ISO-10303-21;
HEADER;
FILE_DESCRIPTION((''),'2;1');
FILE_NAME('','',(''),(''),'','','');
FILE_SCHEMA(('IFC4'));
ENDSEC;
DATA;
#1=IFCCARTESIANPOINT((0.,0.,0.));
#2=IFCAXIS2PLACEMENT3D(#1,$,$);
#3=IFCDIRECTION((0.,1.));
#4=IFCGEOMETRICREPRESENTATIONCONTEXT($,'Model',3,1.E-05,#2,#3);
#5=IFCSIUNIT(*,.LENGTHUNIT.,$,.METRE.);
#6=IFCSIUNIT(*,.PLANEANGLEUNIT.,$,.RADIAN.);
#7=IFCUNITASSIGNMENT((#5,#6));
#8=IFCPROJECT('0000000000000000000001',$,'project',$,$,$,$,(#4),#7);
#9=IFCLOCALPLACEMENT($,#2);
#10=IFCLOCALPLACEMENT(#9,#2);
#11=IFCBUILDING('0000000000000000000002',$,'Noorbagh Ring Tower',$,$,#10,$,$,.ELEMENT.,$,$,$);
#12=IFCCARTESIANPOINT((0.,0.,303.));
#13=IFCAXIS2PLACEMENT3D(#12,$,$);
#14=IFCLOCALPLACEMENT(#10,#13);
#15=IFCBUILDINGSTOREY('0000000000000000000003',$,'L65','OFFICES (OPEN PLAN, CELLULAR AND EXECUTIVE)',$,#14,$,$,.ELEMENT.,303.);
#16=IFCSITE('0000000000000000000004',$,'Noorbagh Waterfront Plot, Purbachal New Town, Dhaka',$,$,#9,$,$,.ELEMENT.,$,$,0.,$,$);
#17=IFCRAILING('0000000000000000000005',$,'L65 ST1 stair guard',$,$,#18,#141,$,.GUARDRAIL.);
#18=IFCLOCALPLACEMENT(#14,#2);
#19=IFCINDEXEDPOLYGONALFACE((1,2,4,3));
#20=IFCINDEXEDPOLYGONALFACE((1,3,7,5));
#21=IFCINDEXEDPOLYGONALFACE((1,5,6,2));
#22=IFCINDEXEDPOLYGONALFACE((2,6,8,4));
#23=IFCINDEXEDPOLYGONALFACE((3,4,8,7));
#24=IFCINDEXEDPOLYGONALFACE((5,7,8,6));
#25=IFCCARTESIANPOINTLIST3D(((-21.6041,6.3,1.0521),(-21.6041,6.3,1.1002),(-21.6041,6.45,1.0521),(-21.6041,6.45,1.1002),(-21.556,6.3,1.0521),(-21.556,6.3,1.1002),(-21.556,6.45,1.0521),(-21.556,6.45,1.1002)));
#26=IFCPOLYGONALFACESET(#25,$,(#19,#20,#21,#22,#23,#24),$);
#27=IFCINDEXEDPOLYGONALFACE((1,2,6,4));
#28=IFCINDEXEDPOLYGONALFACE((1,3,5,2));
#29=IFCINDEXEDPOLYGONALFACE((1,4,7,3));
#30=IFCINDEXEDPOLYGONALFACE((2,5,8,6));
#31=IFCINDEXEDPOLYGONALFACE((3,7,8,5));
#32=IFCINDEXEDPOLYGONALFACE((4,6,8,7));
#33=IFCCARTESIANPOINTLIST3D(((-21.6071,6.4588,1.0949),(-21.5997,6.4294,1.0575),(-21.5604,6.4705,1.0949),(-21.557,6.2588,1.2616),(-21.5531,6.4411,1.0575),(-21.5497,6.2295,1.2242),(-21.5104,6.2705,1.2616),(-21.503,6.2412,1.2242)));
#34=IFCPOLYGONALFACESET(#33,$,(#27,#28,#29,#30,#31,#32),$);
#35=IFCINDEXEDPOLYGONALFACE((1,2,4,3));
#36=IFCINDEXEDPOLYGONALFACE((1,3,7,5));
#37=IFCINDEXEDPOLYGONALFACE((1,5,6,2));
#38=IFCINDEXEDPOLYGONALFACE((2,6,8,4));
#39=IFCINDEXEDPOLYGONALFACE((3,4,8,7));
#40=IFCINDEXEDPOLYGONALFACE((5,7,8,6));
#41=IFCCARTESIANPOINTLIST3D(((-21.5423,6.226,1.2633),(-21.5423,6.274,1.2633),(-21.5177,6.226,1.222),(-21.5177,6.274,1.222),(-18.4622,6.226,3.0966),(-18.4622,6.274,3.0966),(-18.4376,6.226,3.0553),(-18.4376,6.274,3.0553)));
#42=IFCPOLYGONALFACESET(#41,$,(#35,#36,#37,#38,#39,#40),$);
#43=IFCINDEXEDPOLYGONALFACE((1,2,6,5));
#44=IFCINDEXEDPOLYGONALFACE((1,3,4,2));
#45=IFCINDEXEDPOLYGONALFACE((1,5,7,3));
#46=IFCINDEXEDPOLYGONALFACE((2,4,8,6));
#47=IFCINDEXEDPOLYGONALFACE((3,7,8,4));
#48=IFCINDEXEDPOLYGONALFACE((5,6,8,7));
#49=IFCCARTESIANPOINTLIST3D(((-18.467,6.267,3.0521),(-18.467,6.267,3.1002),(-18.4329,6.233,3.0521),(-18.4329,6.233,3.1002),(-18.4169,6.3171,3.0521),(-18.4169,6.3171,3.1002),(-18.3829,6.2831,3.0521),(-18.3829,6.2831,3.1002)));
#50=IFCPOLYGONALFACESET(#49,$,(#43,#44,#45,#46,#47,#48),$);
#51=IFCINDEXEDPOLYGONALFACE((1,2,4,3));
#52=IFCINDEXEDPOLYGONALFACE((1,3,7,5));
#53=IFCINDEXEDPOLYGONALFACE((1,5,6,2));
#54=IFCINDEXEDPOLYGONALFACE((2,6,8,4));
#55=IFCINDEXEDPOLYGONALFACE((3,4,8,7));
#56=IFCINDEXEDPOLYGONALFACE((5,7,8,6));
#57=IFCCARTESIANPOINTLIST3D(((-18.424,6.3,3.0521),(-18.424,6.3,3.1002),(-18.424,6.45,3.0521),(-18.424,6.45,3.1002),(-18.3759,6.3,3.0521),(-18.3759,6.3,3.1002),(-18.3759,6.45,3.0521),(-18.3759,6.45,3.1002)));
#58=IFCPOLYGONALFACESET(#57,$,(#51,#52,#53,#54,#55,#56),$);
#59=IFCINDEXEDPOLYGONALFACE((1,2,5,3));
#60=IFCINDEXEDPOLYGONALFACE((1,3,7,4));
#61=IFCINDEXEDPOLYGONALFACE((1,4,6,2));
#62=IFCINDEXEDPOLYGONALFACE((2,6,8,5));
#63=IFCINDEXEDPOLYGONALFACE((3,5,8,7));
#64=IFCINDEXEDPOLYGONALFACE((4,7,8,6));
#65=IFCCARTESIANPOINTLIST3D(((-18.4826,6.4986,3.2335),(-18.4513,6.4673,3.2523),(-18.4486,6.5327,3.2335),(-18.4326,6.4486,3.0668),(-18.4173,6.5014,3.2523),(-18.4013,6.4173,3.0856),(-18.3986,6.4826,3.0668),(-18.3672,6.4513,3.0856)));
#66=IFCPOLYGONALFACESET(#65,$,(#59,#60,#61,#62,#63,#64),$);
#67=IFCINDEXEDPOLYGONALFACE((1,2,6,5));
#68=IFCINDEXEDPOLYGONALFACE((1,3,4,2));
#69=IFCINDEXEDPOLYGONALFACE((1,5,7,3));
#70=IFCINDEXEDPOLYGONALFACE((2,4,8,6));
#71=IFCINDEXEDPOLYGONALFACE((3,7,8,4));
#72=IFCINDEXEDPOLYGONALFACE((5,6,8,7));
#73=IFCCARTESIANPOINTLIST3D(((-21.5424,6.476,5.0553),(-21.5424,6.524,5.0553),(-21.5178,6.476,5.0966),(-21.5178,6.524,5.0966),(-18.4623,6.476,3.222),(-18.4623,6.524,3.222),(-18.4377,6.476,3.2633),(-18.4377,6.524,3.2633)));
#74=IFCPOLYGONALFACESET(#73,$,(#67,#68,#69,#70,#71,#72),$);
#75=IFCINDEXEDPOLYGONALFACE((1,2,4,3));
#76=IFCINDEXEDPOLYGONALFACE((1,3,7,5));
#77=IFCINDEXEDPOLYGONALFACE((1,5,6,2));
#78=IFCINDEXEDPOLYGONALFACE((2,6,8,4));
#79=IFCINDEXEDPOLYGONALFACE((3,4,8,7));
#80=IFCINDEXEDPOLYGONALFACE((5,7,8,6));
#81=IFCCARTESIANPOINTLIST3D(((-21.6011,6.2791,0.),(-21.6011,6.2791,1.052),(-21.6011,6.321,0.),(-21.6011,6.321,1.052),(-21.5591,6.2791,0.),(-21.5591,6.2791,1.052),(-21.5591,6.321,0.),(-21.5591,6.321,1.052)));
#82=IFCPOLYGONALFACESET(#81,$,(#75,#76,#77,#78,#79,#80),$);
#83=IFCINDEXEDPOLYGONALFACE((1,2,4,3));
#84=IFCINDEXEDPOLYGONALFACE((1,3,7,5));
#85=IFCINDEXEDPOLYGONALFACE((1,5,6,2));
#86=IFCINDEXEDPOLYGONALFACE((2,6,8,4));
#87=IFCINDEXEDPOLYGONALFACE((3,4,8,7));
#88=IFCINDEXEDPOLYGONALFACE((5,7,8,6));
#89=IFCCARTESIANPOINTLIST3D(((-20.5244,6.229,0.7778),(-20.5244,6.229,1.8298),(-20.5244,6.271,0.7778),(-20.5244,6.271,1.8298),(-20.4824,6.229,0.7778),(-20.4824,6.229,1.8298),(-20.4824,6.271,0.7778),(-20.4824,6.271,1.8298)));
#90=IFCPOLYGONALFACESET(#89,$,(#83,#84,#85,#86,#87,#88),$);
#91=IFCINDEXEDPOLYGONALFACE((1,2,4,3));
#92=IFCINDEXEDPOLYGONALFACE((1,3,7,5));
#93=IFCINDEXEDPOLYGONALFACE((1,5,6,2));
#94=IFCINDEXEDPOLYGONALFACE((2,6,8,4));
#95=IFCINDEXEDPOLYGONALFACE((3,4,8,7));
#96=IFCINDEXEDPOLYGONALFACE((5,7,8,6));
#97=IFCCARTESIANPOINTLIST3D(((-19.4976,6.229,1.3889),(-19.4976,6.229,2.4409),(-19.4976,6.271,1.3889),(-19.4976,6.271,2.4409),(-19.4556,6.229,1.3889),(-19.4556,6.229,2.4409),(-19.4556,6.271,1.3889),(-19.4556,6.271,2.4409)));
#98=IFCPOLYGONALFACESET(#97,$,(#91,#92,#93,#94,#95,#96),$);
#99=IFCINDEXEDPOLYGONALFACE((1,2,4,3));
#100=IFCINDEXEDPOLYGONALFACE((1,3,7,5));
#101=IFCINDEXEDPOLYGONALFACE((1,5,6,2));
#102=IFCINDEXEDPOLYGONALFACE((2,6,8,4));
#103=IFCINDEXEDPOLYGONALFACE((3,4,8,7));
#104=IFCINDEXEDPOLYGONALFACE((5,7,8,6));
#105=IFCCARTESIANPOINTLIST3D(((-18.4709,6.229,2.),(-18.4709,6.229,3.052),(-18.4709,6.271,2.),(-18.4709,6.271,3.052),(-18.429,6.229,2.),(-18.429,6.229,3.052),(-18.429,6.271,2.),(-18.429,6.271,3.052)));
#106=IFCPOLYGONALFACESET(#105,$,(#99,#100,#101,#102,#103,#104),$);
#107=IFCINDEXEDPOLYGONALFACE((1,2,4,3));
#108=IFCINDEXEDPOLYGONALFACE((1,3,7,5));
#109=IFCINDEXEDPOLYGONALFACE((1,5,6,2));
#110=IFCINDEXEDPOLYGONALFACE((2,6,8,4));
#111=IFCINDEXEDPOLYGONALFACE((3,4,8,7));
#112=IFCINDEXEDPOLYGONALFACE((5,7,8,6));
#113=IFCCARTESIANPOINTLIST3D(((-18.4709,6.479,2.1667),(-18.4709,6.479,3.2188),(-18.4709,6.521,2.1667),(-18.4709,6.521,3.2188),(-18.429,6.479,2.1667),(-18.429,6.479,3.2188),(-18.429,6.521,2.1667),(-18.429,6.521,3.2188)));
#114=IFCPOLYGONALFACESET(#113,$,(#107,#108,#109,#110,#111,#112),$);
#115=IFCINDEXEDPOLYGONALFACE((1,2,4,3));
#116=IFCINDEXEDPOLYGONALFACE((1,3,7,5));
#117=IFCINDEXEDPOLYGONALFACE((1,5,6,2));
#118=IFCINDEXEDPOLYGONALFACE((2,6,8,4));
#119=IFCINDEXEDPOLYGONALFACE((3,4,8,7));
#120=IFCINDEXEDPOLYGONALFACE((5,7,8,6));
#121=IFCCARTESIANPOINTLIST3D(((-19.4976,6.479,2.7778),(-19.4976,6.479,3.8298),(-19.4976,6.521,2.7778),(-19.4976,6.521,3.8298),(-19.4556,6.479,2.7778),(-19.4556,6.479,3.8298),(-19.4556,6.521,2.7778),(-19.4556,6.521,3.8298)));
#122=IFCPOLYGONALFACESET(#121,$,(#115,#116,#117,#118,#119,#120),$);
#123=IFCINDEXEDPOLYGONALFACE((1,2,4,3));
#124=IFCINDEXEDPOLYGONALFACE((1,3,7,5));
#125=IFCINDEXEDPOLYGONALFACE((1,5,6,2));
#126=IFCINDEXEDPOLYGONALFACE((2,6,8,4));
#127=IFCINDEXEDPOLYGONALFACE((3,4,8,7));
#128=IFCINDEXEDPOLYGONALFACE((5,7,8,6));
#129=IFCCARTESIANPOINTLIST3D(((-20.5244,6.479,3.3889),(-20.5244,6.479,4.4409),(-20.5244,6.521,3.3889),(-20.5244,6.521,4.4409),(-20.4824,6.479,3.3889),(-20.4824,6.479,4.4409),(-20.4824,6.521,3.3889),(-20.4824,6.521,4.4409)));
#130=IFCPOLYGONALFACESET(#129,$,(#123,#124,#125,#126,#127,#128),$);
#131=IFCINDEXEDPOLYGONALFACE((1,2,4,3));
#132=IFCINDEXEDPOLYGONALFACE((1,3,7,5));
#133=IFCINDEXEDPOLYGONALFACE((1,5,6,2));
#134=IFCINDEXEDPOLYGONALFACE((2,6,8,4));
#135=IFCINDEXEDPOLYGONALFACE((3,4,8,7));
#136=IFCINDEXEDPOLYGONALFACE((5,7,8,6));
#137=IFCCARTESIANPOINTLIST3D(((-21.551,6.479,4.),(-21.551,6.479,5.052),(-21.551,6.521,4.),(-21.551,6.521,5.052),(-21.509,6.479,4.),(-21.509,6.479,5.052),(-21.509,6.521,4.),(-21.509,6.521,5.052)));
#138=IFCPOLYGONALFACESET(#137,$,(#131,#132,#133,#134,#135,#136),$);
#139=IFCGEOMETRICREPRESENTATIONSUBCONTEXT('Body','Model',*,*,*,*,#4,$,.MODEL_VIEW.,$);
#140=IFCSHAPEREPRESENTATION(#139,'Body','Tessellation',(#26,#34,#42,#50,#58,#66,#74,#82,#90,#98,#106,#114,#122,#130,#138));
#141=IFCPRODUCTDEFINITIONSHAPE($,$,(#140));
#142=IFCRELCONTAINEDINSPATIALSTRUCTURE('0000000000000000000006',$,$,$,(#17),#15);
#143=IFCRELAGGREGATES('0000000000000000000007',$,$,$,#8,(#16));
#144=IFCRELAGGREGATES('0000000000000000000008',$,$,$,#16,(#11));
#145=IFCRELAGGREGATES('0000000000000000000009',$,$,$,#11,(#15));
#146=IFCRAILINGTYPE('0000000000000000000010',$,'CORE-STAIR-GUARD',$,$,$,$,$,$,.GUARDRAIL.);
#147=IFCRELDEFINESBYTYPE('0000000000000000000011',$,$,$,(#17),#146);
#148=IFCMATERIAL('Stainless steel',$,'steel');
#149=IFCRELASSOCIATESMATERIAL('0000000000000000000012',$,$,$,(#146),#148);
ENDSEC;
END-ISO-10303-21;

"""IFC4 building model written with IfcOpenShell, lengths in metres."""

from ifc_helpers import new_model, si_unit, direction, frame, origin, origin_2d, place, context, subcontext, project, spatial, rectangle, extrude, material, type_object, element, save


model = new_model("IFC4")

# Units and contexts
model_context = context("Model", 3, precision=1e-05, world=origin(), true_north=direction((0.0, 1.0)))
body_context = subcontext(model_context, "Body", "Model", "MODEL_VIEW")
ifc_project = project(units=[si_unit("LENGTHUNIT", "METRE"), si_unit("PLANEANGLEUNIT", "RADIAN")], contexts=[model_context])

# Site, building, storey
site_placement = place(None, origin())
site = spatial("IfcSite", under=ifc_project, at=site_placement, Name="Noorbagh Waterfront Plot, Purbachal New Town, Dhaka", CompositionType="ELEMENT", RefElevation=0.0)
building_placement = place(site_placement, origin())
building = spatial("IfcBuilding", under=site, at=building_placement, Name="Noorbagh Ring Tower", CompositionType="ELEMENT")
storey_placement = place(building_placement, frame((0.0, 0.0, 303.0)))
storey = spatial("IfcBuildingStorey", under=building, at=storey_placement, Name="L65", Description="OFFICES (OPEN PLAN, CELLULAR AND EXECUTIVE)", CompositionType="ELEMENT", Elevation=303.0)

# Railing
ifc_material_1 = material(Name="Stainless steel", Category="steel")
railing_type_1 = type_object("IfcRailingType", Name="CORE-STAIR-GUARD", PredefinedType="GUARDRAIL", material=ifc_material_1)
railing_1_placement = place(storey_placement, frame((-21.5801, 6.3, 0.0)))
element("IfcRailing", 1, at=railing_1_placement, inside=storey, type_object=railing_type_1, Name="L65 ST1 stair guard", PredefinedType="GUARDRAIL", context=body_context, shape_type="SweptSolid", body=[
    extrude(rectangle(XDim=0.0481, YDim=0.0481, at=origin_2d()), frame((0.0, 0.0, 1.0762), z_axis=(0.0, 1.0, 0.0), x_axis=(-1.0, 0.0, 0.0)), (0.0, 0.0, 1.0), 0.1499),
    extrude(rectangle(XDim=0.0481, YDim=0.0481, at=origin_2d()), frame((0.0, 0.1499, 1.0762), z_axis=(0.188776, -0.754182, 0.628946), x_axis=(0.970073, 0.242814, 0.0)), (0.0, 0.0, 1.0), 0.2651),
    extrude(rectangle(XDim=0.0481, YDim=0.0481, at=origin_2d()), frame((0.05, -0.05, 1.2427), z_axis=(0.859309, 0.0, 0.511458), x_axis=(0.0, 1.0, 0.0)), (0.0, 0.0, 1.0), 3.5845),
    extrude(rectangle(XDim=0.0481, YDim=0.0481, at=origin_2d()), frame((3.1301, -0.05, 3.0762), z_axis=(0.707107, 0.707107, 0.0), x_axis=(-0.707107, 0.707107, 0.0)), (0.0, 0.0, 1.0), 0.0708),
    extrude(rectangle(XDim=0.0481, YDim=0.0481, at=origin_2d()), frame((3.1802, 0.0, 3.0762), z_axis=(0.0, 1.0, 0.0), x_axis=(-1.0, 0.0, 0.0)), (0.0, 0.0, 1.0), 0.1499),
    extrude(rectangle(XDim=0.0481, YDim=0.0481, at=origin_2d()), frame((3.1802, 0.1499, 3.0762), z_axis=(-0.276287, 0.276287, 0.920506), x_axis=(-0.707107, -0.707107, 0.0)), (0.0, 0.0, 1.0), 0.1812),
    extrude(rectangle(XDim=0.0481, YDim=0.0481, at=origin_2d()), frame((3.1301, 0.2, 3.2427), z_axis=(-0.859309, 0.0, 0.511458), x_axis=(0.0, -1.0, 0.0)), (0.0, 0.0, 1.0), 3.5845),
    extrude(rectangle(XDim=0.042, YDim=0.042, at=origin_2d()), origin(), (0.0, 0.0, 1.0), 1.052),
    extrude(rectangle(XDim=0.042, YDim=0.042, at=origin_2d()), frame((1.0767, -0.05, 0.7778)), (0.0, 0.0, 1.0), 1.052),
    extrude(rectangle(XDim=0.042, YDim=0.042, at=origin_2d()), frame((2.1035, -0.05, 1.3889)), (0.0, 0.0, 1.0), 1.052),
    extrude(rectangle(XDim=0.042, YDim=0.042, at=origin_2d()), frame((3.1301, -0.05, 2.0)), (0.0, 0.0, 1.0), 1.052),
    extrude(rectangle(XDim=0.042, YDim=0.042, at=origin_2d()), frame((3.1301, 0.2, 2.1667)), (0.0, 0.0, 1.0), 1.052),
    extrude(rectangle(XDim=0.042, YDim=0.042, at=origin_2d()), frame((2.1035, 0.2, 2.7778)), (0.0, 0.0, 1.0), 1.052),
    extrude(rectangle(XDim=0.042, YDim=0.042, at=origin_2d()), frame((1.0767, 0.2, 3.3889)), (0.0, 0.0, 1.0), 1.052),
    extrude(rectangle(XDim=0.042, YDim=0.042, at=origin_2d()), frame((0.05, 0.2, 4.0)), (0.0, 0.0, 1.0), 1.052),
])

save(model, "model.ifc")
